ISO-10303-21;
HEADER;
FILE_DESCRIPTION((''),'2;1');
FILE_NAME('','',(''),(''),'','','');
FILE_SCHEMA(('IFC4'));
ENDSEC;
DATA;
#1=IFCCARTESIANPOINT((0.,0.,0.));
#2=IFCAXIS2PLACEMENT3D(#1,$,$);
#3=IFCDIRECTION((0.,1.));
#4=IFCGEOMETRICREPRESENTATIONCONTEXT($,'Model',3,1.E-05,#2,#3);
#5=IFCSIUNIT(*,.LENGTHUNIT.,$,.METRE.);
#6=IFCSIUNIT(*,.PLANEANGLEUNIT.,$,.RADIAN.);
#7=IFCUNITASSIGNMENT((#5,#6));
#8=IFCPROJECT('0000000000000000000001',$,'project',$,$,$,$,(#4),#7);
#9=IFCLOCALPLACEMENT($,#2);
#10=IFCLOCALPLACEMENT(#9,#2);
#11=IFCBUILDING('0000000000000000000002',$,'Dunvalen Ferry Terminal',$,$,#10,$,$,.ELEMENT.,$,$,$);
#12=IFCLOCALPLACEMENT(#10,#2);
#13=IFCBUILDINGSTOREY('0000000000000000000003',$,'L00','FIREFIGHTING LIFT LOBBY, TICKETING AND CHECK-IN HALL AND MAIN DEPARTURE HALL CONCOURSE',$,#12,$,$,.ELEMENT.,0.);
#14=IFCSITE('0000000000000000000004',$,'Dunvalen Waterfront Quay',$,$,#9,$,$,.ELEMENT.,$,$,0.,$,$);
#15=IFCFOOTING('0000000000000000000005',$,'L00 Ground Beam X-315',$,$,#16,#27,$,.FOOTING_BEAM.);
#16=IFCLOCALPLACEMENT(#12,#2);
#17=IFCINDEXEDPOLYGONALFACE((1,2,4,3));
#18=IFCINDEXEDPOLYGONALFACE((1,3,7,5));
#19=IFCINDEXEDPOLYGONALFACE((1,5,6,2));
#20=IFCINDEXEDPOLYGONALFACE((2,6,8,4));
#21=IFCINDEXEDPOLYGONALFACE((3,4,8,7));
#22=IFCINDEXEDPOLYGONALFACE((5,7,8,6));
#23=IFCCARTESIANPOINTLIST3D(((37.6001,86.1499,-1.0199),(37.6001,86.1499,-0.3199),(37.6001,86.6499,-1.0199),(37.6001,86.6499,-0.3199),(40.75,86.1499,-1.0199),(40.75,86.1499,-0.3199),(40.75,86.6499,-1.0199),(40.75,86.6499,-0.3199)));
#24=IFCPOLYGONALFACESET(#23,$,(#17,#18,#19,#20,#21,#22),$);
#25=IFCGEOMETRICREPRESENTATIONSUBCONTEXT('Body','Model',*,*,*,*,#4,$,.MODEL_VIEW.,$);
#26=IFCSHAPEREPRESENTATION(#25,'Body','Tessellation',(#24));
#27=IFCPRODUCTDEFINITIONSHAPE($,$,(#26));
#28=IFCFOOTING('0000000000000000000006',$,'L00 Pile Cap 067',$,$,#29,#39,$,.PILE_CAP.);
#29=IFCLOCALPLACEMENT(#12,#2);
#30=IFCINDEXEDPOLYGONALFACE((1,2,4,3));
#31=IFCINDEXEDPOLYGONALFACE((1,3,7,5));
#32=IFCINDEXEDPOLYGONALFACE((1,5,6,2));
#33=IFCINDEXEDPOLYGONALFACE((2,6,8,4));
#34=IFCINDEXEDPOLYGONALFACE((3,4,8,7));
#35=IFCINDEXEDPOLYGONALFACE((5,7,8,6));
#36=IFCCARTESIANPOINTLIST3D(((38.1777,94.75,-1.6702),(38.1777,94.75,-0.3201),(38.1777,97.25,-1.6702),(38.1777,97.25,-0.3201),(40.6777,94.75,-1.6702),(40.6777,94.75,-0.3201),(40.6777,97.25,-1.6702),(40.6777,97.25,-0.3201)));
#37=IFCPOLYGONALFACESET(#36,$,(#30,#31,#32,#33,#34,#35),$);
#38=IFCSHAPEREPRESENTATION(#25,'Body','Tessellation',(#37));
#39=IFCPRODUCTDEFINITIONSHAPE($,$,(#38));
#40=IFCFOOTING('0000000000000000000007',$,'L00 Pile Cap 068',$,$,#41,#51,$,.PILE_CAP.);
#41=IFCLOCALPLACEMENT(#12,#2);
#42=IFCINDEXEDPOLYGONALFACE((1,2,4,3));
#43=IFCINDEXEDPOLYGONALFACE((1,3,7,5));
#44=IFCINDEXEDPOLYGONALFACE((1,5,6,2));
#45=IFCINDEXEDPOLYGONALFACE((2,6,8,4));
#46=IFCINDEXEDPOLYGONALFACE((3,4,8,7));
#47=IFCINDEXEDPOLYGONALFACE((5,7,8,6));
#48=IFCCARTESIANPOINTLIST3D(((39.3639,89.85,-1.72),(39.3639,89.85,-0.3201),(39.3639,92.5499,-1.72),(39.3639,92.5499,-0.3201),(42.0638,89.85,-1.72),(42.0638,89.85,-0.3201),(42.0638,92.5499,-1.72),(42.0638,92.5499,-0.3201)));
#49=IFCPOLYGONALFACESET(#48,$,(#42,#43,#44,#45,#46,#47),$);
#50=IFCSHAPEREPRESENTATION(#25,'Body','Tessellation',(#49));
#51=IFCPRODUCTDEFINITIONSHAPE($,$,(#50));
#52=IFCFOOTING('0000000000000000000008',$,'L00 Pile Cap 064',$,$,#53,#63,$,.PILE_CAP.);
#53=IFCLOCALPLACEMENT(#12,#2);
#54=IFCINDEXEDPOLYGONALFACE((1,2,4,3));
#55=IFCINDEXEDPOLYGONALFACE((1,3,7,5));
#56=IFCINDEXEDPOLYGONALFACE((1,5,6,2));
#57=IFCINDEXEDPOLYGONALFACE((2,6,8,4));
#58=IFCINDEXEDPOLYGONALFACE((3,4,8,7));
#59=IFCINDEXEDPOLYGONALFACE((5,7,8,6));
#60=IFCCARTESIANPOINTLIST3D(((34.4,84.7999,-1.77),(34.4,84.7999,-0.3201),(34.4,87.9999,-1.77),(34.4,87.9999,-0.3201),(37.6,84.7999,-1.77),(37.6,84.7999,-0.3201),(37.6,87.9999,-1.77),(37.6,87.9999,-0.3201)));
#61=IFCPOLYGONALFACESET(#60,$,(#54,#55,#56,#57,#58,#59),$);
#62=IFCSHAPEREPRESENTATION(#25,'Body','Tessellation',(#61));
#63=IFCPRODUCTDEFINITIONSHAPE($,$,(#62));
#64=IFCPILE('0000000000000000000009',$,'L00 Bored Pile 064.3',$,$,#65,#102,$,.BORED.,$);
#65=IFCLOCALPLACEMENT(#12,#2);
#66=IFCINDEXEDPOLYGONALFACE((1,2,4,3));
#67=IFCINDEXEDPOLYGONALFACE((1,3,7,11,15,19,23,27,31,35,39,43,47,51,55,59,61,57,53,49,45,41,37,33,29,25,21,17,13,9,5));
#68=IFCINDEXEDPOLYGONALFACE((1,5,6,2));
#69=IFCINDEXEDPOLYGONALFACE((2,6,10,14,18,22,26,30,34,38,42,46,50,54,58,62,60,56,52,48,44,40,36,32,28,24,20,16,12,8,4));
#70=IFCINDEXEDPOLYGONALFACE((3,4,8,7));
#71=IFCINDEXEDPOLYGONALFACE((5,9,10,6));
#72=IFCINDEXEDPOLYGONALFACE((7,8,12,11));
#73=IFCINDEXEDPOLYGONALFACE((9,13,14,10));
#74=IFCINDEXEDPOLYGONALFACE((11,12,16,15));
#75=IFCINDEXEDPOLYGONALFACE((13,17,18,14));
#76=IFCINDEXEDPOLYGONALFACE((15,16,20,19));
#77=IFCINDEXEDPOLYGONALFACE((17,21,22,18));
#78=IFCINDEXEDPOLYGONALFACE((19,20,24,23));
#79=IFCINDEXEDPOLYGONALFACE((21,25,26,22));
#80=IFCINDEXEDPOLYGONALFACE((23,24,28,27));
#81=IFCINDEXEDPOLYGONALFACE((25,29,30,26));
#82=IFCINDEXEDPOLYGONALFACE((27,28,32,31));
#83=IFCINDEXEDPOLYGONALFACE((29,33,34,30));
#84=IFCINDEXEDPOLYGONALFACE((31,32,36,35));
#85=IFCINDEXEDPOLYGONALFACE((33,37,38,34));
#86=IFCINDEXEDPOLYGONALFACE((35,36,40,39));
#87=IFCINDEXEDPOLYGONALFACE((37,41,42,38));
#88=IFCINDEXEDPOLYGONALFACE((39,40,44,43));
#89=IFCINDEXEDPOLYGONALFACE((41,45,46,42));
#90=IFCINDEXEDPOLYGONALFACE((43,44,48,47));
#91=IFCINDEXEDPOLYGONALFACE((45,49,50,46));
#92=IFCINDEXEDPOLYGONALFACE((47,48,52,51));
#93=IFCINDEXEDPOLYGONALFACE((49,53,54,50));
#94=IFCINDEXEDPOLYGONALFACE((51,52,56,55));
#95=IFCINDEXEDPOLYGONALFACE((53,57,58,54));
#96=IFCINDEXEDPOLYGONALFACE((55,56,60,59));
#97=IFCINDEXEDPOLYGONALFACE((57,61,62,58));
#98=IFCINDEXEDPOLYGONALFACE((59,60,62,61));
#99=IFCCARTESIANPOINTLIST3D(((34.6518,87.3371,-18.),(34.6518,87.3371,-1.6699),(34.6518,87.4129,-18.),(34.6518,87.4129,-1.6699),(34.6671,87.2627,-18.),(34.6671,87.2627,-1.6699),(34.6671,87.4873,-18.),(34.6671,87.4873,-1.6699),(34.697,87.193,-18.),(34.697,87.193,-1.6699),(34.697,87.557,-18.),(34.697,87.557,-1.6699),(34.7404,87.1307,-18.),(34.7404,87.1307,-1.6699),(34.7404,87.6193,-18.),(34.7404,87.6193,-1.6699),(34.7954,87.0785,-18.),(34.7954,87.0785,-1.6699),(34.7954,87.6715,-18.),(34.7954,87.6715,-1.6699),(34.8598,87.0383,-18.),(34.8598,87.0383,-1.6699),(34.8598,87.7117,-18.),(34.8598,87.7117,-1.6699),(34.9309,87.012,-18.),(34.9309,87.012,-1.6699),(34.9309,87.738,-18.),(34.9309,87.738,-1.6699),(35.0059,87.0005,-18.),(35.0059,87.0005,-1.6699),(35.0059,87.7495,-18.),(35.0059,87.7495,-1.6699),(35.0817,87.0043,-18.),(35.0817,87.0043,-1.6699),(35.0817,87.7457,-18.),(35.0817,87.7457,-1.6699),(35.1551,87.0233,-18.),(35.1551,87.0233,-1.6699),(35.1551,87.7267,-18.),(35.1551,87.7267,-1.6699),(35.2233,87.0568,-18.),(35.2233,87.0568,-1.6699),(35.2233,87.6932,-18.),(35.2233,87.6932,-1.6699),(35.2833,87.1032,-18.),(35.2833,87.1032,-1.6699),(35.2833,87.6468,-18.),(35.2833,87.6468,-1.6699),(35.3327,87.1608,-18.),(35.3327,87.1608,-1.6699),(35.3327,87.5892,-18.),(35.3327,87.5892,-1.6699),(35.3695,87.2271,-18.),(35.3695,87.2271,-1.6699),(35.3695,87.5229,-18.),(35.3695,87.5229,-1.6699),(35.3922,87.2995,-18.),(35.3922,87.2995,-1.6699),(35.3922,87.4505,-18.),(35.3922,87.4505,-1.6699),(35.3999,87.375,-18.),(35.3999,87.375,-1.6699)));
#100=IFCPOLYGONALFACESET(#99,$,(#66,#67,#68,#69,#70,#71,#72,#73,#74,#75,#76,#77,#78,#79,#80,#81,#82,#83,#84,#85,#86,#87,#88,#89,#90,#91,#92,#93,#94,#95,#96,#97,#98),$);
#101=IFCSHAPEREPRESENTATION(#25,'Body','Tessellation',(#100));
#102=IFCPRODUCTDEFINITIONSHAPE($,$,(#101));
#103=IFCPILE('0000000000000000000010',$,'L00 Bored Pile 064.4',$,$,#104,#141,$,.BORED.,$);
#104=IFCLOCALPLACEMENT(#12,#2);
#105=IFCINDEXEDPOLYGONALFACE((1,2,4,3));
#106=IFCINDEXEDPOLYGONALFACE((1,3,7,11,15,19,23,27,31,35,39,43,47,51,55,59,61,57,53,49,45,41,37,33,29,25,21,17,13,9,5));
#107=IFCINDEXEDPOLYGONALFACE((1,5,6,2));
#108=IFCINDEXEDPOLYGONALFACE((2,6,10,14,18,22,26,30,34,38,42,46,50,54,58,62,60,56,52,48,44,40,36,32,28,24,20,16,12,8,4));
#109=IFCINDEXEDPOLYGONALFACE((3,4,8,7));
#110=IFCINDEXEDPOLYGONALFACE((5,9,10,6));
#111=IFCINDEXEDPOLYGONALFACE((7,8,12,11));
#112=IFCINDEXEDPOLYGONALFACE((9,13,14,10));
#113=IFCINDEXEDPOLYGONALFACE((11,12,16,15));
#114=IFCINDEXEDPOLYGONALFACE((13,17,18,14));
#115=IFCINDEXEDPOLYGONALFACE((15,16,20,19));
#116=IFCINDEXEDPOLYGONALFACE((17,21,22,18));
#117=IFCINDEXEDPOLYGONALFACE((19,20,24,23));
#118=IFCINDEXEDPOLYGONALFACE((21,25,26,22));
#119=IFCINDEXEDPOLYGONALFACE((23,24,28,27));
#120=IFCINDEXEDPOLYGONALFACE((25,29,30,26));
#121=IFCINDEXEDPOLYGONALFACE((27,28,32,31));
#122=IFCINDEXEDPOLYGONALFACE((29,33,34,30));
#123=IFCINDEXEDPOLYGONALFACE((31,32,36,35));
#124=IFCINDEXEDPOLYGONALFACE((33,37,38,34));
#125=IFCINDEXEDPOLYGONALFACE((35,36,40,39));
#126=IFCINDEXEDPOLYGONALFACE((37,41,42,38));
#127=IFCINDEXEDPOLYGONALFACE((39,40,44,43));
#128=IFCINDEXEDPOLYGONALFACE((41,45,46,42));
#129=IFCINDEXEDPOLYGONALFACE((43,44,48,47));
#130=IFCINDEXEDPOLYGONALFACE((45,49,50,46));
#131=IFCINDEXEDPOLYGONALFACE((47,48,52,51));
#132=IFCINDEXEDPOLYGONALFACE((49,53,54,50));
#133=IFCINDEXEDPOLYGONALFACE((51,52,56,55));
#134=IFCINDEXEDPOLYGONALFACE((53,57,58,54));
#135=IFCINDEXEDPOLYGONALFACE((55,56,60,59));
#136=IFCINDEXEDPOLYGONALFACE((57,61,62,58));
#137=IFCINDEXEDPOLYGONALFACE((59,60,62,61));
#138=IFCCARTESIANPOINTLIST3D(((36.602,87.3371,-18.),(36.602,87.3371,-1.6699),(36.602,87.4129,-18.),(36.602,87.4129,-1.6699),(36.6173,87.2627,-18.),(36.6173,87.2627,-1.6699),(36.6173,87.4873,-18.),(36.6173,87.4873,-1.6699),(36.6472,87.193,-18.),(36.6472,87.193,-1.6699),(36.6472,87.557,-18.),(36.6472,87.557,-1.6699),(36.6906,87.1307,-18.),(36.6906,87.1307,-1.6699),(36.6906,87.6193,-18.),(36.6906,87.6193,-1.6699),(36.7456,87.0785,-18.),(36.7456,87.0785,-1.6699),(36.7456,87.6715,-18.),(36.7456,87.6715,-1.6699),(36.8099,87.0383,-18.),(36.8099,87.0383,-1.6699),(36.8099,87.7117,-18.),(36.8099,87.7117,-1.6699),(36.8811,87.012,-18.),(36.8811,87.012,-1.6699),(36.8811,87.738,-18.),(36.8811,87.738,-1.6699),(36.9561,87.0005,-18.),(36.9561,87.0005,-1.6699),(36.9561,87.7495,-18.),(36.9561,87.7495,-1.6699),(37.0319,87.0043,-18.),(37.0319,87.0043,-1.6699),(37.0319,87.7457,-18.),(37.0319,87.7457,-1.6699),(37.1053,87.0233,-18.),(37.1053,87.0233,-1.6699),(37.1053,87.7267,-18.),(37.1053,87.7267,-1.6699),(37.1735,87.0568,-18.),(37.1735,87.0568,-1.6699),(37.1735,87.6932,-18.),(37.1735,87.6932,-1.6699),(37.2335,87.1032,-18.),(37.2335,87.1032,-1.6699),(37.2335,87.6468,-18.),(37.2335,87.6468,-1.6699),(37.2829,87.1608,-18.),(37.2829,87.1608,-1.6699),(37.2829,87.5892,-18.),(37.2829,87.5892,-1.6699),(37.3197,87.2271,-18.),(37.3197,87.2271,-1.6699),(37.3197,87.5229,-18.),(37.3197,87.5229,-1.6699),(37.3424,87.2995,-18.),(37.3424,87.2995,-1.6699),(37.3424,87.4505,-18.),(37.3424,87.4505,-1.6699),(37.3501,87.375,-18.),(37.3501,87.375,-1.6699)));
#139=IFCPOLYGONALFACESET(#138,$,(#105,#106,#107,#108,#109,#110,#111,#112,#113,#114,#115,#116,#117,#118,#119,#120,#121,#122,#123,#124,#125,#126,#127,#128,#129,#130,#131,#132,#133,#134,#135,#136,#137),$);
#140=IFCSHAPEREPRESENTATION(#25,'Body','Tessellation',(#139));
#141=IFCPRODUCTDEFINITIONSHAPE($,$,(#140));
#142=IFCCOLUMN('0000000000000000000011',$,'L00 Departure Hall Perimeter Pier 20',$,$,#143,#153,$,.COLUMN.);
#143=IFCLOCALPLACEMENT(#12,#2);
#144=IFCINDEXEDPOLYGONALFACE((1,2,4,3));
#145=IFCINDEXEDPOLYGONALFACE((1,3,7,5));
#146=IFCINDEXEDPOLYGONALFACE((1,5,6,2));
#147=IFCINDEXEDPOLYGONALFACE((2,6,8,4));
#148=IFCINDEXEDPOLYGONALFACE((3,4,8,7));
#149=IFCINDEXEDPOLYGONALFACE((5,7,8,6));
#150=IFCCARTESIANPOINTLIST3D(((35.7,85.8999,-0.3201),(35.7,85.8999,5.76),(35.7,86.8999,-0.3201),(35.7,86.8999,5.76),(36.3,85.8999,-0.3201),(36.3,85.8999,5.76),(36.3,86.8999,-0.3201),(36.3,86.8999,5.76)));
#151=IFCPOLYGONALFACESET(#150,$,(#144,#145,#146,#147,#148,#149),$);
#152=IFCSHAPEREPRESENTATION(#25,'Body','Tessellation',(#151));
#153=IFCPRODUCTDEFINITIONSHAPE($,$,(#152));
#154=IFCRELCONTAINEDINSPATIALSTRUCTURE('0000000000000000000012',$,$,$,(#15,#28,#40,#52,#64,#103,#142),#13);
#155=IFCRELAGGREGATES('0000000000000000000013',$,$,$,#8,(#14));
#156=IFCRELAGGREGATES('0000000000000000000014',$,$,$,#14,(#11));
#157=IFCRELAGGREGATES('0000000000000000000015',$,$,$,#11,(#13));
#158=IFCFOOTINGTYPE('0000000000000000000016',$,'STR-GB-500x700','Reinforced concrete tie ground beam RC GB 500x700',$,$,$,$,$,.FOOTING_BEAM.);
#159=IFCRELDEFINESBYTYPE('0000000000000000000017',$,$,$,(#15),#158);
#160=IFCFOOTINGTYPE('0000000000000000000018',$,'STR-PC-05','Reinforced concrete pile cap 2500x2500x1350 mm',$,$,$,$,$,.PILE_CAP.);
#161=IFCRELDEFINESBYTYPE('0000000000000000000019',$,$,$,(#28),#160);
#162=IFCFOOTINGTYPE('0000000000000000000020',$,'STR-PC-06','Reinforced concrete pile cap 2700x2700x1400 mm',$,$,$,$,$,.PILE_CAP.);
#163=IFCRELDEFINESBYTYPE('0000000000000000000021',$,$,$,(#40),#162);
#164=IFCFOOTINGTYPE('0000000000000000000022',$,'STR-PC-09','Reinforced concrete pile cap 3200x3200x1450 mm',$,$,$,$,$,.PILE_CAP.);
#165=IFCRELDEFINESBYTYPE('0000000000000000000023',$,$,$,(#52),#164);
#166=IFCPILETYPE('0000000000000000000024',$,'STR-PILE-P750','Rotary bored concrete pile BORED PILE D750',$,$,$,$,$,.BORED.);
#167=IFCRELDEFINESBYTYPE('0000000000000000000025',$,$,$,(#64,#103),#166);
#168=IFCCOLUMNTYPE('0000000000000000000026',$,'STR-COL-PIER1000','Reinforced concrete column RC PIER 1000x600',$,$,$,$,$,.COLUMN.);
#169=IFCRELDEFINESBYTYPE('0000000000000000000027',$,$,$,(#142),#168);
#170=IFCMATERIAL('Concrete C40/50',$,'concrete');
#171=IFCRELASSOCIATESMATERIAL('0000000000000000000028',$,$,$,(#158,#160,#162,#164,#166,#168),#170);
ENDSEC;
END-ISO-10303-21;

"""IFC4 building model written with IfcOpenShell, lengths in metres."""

from ifc_helpers import new_model, si_unit, direction, frame, origin, origin_2d, place, context, subcontext, project, spatial, rectangle, circle, extrude, material, material_profile, profile_set, type_object, element, save


model = new_model("IFC4")

# Units and contexts
model_context = context("Model", 3, precision=1e-05, world=origin(), true_north=direction((0.0, 1.0)))
body_context = subcontext(model_context, "Body", "Model", "MODEL_VIEW")
ifc_project = project(units=[si_unit("LENGTHUNIT", "METRE"), si_unit("PLANEANGLEUNIT", "RADIAN")], contexts=[model_context])

# Site, building, storey
site_placement = place(None, origin())
site = spatial("IfcSite", under=ifc_project, at=site_placement, Name="Dunvalen Waterfront Quay", CompositionType="ELEMENT", RefElevation=0.0)
building_placement = place(site_placement, origin())
building = spatial("IfcBuilding", under=site, at=building_placement, Name="Dunvalen Ferry Terminal", CompositionType="ELEMENT")
storey_placement = place(building_placement, origin())
storey = spatial("IfcBuildingStorey", under=building, at=storey_placement, Name="L00", Description="FIREFIGHTING LIFT LOBBY, TICKETING AND CHECK-IN HALL AND MAIN DEPARTURE HALL CONCOURSE", CompositionType="ELEMENT", Elevation=0.0)

# Footings
ifc_material_1 = material(Name="Concrete C40/50", Category="concrete")
ifc_material_profile_1 = material_profile(ifc_material_1, rectangle(XDim=0.5, YDim=0.7, at=origin_2d()), Name="Concrete C40/50")
ifc_profile_set_1 = profile_set([ifc_material_profile_1], Name="Concrete C40/50")
footing_type_1 = type_object("IfcFootingType", Name="STR-GB-500x700", Description="Reinforced concrete tie ground beam RC GB 500x700", PredefinedType="FOOTING_BEAM", material=ifc_profile_set_1)
footing_1_placement = place(storey_placement, frame((37.6001, 86.3999, -0.6699), z_axis=(1.0, 0.0, 0.0), x_axis=(0.0, 1.0, 0.0)))
element("IfcFooting", 1, at=footing_1_placement, inside=storey, type_object=footing_type_1, Name="L00 Ground Beam X-315", PredefinedType="FOOTING_BEAM", context=body_context, shape_type="SweptSolid", body=[
    extrude(rectangle(XDim=0.5, YDim=0.7, at=origin_2d()), origin(), (0.0, 0.0, 1.0), 3.1499),
])
footing_type_2 = type_object("IfcFootingType", Name="STR-PC-05", Description="Reinforced concrete pile cap 2500x2500x1350 mm", PredefinedType="PILE_CAP", material=ifc_material_1)
footing_2_placement = place(storey_placement, frame((39.4277, 96.0, -1.6702), z_axis=(0.0, 0.0, 1.0), x_axis=(1.0, 0.0, 0.0)))
element("IfcFooting", 2, at=footing_2_placement, inside=storey, type_object=footing_type_2, Name="L00 Pile Cap 067", PredefinedType="PILE_CAP", context=body_context, shape_type="SweptSolid", body=[
    extrude(rectangle(XDim=2.5, YDim=2.5, at=origin_2d()), origin(), (0.0, 0.0, 1.0), 1.3501),
])
footing_type_3 = type_object("IfcFootingType", Name="STR-PC-06", Description="Reinforced concrete pile cap 2700x2700x1400 mm", PredefinedType="PILE_CAP", material=ifc_material_1)
footing_3_placement = place(storey_placement, frame((40.7139, 91.2, -1.72), z_axis=(0.0, 0.0, 1.0), x_axis=(1.0, 0.0, 0.0)))
element("IfcFooting", 3, at=footing_3_placement, inside=storey, type_object=footing_type_3, Name="L00 Pile Cap 068", PredefinedType="PILE_CAP", context=body_context, shape_type="SweptSolid", body=[
    extrude(rectangle(XDim=2.7, YDim=2.7, at=origin_2d()), origin(), (0.0, 0.0, 1.0), 1.3999),
])
footing_type_4 = type_object("IfcFootingType", Name="STR-PC-09", Description="Reinforced concrete pile cap 3200x3200x1450 mm", PredefinedType="PILE_CAP", material=ifc_material_1)
footing_4_placement = place(storey_placement, frame((36.0, 86.3999, -1.77), z_axis=(0.0, 0.0, 1.0), x_axis=(1.0, 0.0, 0.0)))
element("IfcFooting", 4, at=footing_4_placement, inside=storey, type_object=footing_type_4, Name="L00 Pile Cap 064", PredefinedType="PILE_CAP", context=body_context, shape_type="SweptSolid", body=[
    extrude(rectangle(XDim=3.2, YDim=3.2, at=origin_2d()), origin(), (0.0, 0.0, 1.0), 1.45),
])

# Piles
ifc_material_profile_2 = material_profile(ifc_material_1, circle(Radius=0.375, at=origin_2d()), Name="Concrete C40/50")
ifc_profile_set_2 = profile_set([ifc_material_profile_2], Name="Concrete C40/50")
pile_type = type_object("IfcPileType", Name="STR-PILE-P750", Description="Rotary bored concrete pile BORED PILE D750", PredefinedType="BORED", material=ifc_profile_set_2)
for number, where, z_axis, x_axis, name in (
    (5, (35.0249, 87.375, -1.6699), (0.0, 0.0, -1.0), (1.0, 0.0, 0.0), "L00 Bored Pile 064.3"),
    (6, (36.9751, 87.375, -1.6699), (0.0, 0.0, -1.0), (1.0, 0.0, 0.0), "L00 Bored Pile 064.4"),
):
    element("IfcPile", number, at=place(storey_placement, frame(where, z_axis=z_axis, x_axis=x_axis)), inside=storey, type_object=pile_type, Name=name, PredefinedType="BORED", context=body_context, shape_type="SweptSolid", body=[
        extrude(circle(Radius=0.375, at=origin_2d()), origin(), (0.0, 0.0, 1.0), 16.3301),
    ])

# Column
ifc_material_profile_3 = material_profile(ifc_material_1, rectangle(XDim=0.6001, YDim=1.0, at=origin_2d()), Name="Concrete C40/50")
ifc_profile_set_3 = profile_set([ifc_material_profile_3], Name="Concrete C40/50")
column_type_1 = type_object("IfcColumnType", Name="STR-COL-PIER1000", Description="Reinforced concrete column RC PIER 1000x600", PredefinedType="COLUMN", material=ifc_profile_set_3)
column_placement = place(storey_placement, frame((36.0, 86.3999, -0.3201), z_axis=(0.0, 0.0, 1.0), x_axis=(1.0, 0.0, 0.0)))
element("IfcColumn", 7, at=column_placement, inside=storey, type_object=column_type_1, Name="L00 Departure Hall Perimeter Pier 20", PredefinedType="COLUMN", context=body_context, shape_type="SweptSolid", body=[
    extrude(rectangle(XDim=0.6001, YDim=1.0, at=origin_2d()), origin(), (0.0, 0.0, 1.0), 6.0801),
])

save(model, "model.ifc")
